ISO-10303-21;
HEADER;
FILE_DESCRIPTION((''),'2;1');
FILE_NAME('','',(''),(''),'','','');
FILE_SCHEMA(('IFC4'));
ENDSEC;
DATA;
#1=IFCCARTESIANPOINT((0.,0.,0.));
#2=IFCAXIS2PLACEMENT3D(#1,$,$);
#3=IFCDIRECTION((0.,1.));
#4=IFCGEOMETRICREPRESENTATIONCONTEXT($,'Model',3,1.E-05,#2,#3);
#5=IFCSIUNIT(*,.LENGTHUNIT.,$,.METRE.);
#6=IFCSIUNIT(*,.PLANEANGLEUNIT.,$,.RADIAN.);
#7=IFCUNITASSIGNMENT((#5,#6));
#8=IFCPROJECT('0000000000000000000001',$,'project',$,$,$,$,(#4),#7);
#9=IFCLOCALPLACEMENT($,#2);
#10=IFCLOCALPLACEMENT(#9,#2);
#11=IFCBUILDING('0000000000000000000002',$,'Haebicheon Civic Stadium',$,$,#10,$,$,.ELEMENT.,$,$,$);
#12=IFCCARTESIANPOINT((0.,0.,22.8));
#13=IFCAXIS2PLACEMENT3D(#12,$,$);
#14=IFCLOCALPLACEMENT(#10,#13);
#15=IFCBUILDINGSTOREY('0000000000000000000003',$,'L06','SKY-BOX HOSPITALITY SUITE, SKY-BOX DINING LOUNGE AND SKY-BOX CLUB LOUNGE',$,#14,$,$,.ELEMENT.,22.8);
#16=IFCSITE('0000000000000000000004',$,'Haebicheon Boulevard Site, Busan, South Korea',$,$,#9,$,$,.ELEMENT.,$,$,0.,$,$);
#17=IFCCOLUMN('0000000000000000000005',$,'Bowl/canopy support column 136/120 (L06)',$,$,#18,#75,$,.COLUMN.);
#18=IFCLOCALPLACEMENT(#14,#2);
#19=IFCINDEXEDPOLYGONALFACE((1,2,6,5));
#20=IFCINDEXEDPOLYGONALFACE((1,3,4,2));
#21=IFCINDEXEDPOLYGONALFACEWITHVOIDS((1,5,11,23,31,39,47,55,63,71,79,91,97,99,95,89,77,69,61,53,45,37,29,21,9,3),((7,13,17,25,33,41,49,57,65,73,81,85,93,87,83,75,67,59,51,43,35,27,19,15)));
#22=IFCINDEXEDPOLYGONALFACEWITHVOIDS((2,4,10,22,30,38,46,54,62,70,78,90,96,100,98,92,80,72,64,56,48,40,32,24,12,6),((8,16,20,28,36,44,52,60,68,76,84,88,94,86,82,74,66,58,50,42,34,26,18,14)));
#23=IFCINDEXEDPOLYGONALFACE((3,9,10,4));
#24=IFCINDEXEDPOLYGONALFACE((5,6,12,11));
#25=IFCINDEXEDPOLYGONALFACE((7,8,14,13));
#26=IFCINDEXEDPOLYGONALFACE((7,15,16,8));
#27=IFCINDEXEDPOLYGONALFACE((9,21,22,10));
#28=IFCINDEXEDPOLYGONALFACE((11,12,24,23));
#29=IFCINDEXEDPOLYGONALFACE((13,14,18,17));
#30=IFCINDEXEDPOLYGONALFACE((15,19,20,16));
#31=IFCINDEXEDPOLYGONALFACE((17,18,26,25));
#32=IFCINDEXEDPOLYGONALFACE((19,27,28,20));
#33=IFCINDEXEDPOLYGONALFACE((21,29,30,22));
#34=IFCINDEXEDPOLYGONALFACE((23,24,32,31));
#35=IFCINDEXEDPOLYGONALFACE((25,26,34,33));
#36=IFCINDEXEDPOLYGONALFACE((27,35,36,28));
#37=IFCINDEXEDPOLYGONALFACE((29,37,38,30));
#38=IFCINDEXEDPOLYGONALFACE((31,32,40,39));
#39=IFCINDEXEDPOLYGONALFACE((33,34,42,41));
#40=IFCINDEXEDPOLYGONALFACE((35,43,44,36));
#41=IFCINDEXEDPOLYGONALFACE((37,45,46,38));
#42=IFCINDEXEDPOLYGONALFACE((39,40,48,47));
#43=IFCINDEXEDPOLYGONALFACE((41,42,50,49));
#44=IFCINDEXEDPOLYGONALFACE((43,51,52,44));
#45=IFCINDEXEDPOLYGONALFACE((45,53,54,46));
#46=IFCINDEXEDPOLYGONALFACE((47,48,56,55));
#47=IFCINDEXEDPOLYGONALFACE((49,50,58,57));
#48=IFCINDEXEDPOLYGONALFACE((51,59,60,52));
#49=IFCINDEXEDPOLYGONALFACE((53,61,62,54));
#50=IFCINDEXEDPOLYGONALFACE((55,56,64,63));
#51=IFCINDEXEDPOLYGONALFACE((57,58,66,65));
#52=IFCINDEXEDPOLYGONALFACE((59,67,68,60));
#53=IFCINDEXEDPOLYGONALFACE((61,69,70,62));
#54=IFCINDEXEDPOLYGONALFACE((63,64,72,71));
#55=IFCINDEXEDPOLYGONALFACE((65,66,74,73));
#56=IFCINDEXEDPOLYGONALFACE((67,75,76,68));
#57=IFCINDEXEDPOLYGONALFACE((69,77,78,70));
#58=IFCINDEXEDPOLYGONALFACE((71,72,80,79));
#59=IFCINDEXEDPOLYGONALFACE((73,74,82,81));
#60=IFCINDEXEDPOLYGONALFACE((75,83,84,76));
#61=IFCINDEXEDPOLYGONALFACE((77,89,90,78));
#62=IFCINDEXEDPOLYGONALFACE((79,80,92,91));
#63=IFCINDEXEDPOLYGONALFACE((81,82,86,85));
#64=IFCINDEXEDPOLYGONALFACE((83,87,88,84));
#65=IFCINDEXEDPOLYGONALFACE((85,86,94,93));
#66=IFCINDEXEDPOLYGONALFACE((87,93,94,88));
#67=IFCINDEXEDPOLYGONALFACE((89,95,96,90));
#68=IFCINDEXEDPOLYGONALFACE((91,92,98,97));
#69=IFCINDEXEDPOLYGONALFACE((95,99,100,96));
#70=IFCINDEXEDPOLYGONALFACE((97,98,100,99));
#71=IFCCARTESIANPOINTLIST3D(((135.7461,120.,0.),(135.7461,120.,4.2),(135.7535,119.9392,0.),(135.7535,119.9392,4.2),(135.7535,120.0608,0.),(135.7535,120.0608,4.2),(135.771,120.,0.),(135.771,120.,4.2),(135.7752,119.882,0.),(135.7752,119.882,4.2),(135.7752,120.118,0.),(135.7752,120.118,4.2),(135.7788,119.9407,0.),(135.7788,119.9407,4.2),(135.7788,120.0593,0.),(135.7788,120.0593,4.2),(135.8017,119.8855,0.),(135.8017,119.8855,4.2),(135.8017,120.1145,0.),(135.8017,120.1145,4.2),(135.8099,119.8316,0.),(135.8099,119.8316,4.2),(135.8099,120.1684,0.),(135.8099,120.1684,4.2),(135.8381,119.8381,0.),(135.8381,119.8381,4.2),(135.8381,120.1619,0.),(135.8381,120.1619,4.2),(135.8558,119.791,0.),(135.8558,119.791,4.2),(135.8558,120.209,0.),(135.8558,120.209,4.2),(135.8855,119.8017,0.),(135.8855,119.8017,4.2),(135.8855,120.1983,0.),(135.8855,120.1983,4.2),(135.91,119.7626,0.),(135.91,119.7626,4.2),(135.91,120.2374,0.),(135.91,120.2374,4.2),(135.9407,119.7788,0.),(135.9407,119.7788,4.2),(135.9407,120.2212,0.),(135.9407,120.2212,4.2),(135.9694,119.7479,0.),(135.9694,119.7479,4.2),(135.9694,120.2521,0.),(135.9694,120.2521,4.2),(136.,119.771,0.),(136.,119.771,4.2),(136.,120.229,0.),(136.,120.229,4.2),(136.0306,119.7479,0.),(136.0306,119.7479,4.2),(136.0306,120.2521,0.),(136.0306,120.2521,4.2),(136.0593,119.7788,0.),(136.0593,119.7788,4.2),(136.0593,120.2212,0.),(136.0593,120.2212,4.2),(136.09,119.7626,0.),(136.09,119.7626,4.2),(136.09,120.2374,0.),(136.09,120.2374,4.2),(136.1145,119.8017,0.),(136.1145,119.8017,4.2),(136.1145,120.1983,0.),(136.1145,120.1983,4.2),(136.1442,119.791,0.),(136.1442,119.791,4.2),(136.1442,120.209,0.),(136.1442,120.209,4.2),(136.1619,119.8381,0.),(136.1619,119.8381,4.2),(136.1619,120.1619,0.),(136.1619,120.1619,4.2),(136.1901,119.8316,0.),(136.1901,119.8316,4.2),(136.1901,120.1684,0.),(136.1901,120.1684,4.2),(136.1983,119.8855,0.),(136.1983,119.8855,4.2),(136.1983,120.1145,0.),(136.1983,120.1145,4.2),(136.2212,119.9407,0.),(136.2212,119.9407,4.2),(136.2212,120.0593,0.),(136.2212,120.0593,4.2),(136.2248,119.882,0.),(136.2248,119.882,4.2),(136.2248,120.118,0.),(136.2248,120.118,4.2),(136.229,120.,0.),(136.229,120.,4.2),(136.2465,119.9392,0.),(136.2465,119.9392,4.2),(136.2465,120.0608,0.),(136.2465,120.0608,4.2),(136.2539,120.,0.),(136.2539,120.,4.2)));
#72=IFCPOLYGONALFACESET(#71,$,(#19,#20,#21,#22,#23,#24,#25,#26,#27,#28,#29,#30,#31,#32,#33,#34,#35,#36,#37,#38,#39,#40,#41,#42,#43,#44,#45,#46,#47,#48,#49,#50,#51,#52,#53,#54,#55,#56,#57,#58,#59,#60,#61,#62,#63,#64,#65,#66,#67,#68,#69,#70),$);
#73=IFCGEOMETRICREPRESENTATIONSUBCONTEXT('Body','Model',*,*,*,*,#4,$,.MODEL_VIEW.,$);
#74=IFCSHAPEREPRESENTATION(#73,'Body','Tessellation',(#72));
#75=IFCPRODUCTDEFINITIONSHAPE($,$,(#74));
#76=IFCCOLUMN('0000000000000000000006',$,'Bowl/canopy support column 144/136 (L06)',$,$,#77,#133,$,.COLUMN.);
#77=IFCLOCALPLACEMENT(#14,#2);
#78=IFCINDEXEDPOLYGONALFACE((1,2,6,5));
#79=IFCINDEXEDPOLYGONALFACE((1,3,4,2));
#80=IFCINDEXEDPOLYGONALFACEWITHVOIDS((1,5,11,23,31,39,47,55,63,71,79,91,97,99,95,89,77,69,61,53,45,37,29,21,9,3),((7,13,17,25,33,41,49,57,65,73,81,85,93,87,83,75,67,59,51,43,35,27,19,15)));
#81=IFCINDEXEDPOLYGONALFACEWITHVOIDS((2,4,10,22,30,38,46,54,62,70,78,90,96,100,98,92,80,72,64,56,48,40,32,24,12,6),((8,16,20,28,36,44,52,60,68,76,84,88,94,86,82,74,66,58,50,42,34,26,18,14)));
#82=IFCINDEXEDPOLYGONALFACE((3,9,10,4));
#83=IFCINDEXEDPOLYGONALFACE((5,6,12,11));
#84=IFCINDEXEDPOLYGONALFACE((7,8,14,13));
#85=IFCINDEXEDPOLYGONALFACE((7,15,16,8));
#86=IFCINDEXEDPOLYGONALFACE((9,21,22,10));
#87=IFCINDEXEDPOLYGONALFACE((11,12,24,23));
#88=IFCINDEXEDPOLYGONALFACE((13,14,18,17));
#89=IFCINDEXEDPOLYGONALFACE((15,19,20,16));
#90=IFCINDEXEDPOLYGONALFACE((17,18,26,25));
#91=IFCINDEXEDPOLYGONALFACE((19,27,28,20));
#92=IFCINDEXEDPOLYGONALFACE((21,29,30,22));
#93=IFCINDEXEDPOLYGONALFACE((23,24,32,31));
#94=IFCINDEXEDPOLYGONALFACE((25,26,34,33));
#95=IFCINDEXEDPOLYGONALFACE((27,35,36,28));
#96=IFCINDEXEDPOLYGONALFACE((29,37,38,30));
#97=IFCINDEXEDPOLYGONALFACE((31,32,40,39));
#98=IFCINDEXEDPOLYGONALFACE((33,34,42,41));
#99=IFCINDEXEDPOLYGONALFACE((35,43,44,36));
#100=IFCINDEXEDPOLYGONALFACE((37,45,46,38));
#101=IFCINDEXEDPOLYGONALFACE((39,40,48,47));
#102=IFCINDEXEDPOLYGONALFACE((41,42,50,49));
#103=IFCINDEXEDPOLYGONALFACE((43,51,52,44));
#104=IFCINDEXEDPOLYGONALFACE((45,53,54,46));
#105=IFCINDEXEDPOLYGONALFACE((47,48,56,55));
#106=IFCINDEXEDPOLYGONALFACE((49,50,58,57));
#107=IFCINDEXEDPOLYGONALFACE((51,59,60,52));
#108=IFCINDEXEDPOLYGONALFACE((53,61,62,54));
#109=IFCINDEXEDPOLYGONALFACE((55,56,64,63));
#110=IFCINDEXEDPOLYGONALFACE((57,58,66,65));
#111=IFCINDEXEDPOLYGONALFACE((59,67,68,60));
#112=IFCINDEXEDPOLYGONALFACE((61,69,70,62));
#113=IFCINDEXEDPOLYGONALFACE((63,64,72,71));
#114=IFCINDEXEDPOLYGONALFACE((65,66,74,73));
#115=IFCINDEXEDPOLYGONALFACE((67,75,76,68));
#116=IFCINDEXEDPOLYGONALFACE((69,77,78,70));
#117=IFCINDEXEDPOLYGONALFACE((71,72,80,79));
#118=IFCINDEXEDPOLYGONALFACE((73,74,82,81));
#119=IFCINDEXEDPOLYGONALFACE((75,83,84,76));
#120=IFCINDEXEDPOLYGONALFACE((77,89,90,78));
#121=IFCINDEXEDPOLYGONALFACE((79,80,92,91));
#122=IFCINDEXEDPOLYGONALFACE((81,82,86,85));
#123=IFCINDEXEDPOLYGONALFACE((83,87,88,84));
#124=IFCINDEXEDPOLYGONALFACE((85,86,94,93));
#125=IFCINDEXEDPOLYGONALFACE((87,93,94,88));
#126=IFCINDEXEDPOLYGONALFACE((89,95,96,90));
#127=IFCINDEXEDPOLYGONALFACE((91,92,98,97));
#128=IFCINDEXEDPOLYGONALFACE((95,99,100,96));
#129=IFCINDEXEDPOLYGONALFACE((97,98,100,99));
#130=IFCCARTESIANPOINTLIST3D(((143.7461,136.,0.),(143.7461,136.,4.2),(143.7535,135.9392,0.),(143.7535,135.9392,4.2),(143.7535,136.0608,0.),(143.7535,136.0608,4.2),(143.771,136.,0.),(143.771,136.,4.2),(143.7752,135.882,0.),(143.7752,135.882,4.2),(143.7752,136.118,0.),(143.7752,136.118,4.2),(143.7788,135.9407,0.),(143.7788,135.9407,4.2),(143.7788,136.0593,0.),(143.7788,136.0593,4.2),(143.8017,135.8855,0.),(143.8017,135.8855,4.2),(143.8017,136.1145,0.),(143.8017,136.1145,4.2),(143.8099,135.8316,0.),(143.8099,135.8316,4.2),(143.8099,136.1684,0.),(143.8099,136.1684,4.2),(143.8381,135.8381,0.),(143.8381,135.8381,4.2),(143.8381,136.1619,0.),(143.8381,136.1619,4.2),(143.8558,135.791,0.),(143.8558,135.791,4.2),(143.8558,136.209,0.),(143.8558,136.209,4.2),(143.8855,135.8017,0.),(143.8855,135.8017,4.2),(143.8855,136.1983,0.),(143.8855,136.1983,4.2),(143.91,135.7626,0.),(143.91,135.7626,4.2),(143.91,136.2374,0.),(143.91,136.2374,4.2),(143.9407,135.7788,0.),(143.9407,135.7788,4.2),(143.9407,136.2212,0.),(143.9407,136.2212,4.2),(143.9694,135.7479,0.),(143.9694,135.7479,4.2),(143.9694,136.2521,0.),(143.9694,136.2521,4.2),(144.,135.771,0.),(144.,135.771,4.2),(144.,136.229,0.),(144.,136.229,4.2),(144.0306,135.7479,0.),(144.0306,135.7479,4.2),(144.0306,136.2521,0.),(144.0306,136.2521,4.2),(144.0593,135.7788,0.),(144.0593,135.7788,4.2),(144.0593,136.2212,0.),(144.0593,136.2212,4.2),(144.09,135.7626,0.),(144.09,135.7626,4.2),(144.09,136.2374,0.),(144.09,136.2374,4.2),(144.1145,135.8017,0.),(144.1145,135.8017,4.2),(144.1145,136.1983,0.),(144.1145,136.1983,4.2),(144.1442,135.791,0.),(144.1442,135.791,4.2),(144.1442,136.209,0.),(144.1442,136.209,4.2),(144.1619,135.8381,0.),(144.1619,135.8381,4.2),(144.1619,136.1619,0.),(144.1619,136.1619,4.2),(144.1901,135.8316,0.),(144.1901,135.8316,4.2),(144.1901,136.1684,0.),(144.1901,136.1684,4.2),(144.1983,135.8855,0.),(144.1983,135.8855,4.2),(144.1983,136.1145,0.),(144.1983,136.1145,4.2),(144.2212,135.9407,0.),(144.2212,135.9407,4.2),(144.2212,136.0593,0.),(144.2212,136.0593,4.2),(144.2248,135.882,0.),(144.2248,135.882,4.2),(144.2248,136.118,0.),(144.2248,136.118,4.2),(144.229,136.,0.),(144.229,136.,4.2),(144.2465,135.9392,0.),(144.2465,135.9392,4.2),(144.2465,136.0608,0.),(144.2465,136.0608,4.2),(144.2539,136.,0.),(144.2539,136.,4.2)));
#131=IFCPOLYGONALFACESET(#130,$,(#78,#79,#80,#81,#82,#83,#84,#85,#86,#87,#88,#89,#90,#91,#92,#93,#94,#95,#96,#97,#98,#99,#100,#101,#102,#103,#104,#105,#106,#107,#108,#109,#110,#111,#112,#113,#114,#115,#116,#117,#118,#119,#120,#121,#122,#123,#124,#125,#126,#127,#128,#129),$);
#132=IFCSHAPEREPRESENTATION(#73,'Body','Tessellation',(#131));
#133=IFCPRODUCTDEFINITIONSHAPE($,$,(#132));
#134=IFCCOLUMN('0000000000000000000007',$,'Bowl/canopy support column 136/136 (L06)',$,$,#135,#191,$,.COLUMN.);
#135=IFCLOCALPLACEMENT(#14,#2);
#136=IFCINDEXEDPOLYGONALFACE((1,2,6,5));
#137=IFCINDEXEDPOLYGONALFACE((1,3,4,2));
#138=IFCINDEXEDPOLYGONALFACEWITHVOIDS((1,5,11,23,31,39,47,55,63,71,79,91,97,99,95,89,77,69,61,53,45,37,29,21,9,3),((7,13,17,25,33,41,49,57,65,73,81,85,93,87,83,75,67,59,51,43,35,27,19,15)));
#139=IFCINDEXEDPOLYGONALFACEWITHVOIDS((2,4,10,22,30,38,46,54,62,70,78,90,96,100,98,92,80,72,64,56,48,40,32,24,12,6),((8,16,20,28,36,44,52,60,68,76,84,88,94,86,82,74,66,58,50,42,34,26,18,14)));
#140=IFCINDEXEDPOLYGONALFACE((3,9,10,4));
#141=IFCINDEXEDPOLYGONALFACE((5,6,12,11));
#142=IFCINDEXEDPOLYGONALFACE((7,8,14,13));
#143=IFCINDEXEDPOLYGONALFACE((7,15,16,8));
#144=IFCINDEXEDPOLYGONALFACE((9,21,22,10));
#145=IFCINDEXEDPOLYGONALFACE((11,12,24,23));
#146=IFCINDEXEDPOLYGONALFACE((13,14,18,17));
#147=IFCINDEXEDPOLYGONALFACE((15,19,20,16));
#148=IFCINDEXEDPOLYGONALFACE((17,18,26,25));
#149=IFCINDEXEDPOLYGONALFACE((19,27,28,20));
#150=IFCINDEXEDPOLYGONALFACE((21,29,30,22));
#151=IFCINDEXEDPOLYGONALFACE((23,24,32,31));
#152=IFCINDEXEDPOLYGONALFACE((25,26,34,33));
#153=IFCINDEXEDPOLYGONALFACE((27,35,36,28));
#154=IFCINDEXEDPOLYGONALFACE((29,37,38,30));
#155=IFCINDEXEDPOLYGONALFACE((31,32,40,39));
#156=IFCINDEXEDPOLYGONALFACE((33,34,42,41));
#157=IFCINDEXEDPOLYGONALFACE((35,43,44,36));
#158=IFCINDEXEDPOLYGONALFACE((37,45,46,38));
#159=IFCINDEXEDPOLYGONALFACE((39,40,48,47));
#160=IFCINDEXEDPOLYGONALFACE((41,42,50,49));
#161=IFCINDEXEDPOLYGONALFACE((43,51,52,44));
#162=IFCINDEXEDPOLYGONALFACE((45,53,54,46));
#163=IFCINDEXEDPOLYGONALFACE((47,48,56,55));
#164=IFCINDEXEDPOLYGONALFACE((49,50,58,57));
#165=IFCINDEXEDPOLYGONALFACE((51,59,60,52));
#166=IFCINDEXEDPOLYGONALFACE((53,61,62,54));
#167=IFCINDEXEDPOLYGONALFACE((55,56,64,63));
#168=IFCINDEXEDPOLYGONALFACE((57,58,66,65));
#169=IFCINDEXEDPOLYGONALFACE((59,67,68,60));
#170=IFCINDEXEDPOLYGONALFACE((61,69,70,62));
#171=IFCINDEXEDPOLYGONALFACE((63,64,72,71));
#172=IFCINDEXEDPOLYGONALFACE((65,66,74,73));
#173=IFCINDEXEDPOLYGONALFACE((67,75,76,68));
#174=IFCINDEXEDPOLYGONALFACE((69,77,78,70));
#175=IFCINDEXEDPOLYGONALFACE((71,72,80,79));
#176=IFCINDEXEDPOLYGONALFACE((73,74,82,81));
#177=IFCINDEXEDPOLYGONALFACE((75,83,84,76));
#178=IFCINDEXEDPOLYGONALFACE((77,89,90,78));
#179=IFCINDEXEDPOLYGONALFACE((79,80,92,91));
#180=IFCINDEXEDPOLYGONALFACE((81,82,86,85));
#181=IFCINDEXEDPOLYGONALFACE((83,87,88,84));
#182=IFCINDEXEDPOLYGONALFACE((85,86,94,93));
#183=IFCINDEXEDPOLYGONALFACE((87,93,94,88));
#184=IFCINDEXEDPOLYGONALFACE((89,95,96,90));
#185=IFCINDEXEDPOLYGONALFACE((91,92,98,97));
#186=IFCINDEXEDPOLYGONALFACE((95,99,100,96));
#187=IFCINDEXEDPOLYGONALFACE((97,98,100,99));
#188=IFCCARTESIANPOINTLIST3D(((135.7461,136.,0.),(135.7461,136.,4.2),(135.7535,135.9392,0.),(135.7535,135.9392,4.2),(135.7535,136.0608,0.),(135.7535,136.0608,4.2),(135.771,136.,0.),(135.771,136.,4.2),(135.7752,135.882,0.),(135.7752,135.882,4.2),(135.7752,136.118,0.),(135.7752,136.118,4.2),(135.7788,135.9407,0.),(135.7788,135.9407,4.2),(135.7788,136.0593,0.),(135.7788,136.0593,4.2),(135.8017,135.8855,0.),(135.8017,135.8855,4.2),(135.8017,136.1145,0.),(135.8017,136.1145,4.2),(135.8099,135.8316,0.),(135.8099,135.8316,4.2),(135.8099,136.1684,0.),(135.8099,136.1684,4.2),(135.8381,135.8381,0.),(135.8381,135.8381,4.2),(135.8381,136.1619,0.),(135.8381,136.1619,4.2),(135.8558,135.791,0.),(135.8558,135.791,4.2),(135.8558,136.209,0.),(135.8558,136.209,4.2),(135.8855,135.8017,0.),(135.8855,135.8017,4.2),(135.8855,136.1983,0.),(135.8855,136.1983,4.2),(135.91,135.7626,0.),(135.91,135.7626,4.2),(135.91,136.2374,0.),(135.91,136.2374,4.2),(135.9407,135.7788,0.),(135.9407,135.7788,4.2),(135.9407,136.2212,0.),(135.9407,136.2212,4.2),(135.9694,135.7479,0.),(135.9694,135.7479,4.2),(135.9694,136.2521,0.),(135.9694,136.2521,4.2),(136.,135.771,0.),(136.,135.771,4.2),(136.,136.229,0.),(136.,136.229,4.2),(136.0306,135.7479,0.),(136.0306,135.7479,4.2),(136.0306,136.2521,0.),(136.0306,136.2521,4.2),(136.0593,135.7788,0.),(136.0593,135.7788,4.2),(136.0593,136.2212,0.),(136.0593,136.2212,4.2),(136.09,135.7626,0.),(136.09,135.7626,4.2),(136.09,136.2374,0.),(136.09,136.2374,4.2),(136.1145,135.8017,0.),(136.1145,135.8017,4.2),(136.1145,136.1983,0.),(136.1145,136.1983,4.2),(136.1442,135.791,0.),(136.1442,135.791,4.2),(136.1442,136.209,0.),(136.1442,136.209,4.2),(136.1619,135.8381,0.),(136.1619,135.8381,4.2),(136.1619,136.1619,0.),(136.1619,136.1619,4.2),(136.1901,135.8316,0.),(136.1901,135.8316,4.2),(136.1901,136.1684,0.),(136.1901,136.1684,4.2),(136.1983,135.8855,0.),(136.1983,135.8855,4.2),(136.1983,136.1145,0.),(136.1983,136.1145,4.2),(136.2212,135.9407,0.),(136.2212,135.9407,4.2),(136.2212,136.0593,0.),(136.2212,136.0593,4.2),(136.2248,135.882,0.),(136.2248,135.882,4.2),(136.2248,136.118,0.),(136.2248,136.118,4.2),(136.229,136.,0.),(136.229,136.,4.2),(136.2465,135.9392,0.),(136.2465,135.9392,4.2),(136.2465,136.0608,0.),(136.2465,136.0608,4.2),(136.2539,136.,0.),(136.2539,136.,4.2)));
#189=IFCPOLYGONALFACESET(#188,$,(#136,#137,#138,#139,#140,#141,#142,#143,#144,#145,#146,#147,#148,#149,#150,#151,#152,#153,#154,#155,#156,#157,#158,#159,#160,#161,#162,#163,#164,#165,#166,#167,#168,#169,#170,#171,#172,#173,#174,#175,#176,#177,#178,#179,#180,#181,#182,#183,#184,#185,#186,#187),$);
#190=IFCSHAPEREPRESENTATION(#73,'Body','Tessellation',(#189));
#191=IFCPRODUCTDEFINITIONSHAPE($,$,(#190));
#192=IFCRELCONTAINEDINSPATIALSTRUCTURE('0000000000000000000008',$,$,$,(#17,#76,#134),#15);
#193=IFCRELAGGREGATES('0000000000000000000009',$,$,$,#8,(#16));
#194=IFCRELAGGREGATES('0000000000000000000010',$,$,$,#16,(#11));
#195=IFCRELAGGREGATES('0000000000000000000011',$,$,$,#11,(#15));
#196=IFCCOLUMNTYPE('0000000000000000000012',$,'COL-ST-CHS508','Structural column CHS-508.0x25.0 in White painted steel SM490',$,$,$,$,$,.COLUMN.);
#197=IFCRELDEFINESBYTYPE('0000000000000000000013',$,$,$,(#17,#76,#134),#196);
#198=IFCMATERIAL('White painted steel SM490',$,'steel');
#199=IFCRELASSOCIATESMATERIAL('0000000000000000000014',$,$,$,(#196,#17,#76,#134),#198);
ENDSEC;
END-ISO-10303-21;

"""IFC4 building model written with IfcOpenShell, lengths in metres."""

from ifc_helpers import new_model, si_unit, direction, frame, origin, origin_2d, place, context, subcontext, project, spatial, hollow_circle, extrude, material, material_profile, profile_set, type_object, element, save


model = new_model("IFC4")

# Units and contexts
model_context = context("Model", 3, precision=1e-05, world=origin(), true_north=direction((0.0, 1.0)))
body_context = subcontext(model_context, "Body", "Model", "MODEL_VIEW")
ifc_project = project(units=[si_unit("LENGTHUNIT", "METRE"), si_unit("PLANEANGLEUNIT", "RADIAN")], contexts=[model_context])

# Site, building, storey
site_placement = place(None, origin())
site = spatial("IfcSite", under=ifc_project, at=site_placement, Name="Haebicheon Boulevard Site, Busan, South Korea", CompositionType="ELEMENT", RefElevation=0.0)
building_placement = place(site_placement, origin())
building = spatial("IfcBuilding", under=site, at=building_placement, Name="Haebicheon Civic Stadium", CompositionType="ELEMENT")
storey_placement = place(building_placement, frame((0.0, 0.0, 22.8)))
storey = spatial("IfcBuildingStorey", under=building, at=storey_placement, Name="L06", Description="SKY-BOX HOSPITALITY SUITE, SKY-BOX DINING LOUNGE AND SKY-BOX CLUB LOUNGE", CompositionType="ELEMENT", Elevation=22.8)

# Columns
ifc_material_1 = material(Name="White painted steel SM490", Category="steel")
ifc_material_profile_1 = material_profile(ifc_material_1, hollow_circle(Radius=0.2539, WallThickness=0.0249, at=origin_2d()), Name="CHS-508.0x25.0")
ifc_profile_set_1 = profile_set([ifc_material_profile_1], Name="White painted steel SM490")
column_type_1 = type_object("IfcColumnType", Name="COL-ST-CHS508", Description="Structural column CHS-508.0x25.0 in White painted steel SM490", PredefinedType="COLUMN", material=ifc_profile_set_1)
for number, where, z_axis, x_axis, name in (
    (1, (136.0, 120.0, 0.0), (0.0, 0.0, 1.0), (1.0, 0.0, 0.0), "Bowl/canopy support column 136/120 (L06)"),
    (2, (144.0, 136.0, 0.0), (0.0, 0.0, 1.0), (1.0, 0.0, 0.0), "Bowl/canopy support column 144/136 (L06)"),
    (3, (136.0, 136.0, 0.0), (0.0, 0.0, 1.0), (1.0, 0.0, 0.0), "Bowl/canopy support column 136/136 (L06)"),
):
    element("IfcColumn", number, at=place(storey_placement, frame(where, z_axis=z_axis, x_axis=x_axis)), inside=storey, type_object=column_type_1, material=ifc_profile_set_1, Name=name, PredefinedType="COLUMN", context=body_context, shape_type="SweptSolid", body=[
        extrude(hollow_circle(Radius=0.2539, WallThickness=0.0249, at=origin_2d()), origin(), (0.0, 0.0, 1.0), 4.2),
    ])

save(model, "model.ifc")
